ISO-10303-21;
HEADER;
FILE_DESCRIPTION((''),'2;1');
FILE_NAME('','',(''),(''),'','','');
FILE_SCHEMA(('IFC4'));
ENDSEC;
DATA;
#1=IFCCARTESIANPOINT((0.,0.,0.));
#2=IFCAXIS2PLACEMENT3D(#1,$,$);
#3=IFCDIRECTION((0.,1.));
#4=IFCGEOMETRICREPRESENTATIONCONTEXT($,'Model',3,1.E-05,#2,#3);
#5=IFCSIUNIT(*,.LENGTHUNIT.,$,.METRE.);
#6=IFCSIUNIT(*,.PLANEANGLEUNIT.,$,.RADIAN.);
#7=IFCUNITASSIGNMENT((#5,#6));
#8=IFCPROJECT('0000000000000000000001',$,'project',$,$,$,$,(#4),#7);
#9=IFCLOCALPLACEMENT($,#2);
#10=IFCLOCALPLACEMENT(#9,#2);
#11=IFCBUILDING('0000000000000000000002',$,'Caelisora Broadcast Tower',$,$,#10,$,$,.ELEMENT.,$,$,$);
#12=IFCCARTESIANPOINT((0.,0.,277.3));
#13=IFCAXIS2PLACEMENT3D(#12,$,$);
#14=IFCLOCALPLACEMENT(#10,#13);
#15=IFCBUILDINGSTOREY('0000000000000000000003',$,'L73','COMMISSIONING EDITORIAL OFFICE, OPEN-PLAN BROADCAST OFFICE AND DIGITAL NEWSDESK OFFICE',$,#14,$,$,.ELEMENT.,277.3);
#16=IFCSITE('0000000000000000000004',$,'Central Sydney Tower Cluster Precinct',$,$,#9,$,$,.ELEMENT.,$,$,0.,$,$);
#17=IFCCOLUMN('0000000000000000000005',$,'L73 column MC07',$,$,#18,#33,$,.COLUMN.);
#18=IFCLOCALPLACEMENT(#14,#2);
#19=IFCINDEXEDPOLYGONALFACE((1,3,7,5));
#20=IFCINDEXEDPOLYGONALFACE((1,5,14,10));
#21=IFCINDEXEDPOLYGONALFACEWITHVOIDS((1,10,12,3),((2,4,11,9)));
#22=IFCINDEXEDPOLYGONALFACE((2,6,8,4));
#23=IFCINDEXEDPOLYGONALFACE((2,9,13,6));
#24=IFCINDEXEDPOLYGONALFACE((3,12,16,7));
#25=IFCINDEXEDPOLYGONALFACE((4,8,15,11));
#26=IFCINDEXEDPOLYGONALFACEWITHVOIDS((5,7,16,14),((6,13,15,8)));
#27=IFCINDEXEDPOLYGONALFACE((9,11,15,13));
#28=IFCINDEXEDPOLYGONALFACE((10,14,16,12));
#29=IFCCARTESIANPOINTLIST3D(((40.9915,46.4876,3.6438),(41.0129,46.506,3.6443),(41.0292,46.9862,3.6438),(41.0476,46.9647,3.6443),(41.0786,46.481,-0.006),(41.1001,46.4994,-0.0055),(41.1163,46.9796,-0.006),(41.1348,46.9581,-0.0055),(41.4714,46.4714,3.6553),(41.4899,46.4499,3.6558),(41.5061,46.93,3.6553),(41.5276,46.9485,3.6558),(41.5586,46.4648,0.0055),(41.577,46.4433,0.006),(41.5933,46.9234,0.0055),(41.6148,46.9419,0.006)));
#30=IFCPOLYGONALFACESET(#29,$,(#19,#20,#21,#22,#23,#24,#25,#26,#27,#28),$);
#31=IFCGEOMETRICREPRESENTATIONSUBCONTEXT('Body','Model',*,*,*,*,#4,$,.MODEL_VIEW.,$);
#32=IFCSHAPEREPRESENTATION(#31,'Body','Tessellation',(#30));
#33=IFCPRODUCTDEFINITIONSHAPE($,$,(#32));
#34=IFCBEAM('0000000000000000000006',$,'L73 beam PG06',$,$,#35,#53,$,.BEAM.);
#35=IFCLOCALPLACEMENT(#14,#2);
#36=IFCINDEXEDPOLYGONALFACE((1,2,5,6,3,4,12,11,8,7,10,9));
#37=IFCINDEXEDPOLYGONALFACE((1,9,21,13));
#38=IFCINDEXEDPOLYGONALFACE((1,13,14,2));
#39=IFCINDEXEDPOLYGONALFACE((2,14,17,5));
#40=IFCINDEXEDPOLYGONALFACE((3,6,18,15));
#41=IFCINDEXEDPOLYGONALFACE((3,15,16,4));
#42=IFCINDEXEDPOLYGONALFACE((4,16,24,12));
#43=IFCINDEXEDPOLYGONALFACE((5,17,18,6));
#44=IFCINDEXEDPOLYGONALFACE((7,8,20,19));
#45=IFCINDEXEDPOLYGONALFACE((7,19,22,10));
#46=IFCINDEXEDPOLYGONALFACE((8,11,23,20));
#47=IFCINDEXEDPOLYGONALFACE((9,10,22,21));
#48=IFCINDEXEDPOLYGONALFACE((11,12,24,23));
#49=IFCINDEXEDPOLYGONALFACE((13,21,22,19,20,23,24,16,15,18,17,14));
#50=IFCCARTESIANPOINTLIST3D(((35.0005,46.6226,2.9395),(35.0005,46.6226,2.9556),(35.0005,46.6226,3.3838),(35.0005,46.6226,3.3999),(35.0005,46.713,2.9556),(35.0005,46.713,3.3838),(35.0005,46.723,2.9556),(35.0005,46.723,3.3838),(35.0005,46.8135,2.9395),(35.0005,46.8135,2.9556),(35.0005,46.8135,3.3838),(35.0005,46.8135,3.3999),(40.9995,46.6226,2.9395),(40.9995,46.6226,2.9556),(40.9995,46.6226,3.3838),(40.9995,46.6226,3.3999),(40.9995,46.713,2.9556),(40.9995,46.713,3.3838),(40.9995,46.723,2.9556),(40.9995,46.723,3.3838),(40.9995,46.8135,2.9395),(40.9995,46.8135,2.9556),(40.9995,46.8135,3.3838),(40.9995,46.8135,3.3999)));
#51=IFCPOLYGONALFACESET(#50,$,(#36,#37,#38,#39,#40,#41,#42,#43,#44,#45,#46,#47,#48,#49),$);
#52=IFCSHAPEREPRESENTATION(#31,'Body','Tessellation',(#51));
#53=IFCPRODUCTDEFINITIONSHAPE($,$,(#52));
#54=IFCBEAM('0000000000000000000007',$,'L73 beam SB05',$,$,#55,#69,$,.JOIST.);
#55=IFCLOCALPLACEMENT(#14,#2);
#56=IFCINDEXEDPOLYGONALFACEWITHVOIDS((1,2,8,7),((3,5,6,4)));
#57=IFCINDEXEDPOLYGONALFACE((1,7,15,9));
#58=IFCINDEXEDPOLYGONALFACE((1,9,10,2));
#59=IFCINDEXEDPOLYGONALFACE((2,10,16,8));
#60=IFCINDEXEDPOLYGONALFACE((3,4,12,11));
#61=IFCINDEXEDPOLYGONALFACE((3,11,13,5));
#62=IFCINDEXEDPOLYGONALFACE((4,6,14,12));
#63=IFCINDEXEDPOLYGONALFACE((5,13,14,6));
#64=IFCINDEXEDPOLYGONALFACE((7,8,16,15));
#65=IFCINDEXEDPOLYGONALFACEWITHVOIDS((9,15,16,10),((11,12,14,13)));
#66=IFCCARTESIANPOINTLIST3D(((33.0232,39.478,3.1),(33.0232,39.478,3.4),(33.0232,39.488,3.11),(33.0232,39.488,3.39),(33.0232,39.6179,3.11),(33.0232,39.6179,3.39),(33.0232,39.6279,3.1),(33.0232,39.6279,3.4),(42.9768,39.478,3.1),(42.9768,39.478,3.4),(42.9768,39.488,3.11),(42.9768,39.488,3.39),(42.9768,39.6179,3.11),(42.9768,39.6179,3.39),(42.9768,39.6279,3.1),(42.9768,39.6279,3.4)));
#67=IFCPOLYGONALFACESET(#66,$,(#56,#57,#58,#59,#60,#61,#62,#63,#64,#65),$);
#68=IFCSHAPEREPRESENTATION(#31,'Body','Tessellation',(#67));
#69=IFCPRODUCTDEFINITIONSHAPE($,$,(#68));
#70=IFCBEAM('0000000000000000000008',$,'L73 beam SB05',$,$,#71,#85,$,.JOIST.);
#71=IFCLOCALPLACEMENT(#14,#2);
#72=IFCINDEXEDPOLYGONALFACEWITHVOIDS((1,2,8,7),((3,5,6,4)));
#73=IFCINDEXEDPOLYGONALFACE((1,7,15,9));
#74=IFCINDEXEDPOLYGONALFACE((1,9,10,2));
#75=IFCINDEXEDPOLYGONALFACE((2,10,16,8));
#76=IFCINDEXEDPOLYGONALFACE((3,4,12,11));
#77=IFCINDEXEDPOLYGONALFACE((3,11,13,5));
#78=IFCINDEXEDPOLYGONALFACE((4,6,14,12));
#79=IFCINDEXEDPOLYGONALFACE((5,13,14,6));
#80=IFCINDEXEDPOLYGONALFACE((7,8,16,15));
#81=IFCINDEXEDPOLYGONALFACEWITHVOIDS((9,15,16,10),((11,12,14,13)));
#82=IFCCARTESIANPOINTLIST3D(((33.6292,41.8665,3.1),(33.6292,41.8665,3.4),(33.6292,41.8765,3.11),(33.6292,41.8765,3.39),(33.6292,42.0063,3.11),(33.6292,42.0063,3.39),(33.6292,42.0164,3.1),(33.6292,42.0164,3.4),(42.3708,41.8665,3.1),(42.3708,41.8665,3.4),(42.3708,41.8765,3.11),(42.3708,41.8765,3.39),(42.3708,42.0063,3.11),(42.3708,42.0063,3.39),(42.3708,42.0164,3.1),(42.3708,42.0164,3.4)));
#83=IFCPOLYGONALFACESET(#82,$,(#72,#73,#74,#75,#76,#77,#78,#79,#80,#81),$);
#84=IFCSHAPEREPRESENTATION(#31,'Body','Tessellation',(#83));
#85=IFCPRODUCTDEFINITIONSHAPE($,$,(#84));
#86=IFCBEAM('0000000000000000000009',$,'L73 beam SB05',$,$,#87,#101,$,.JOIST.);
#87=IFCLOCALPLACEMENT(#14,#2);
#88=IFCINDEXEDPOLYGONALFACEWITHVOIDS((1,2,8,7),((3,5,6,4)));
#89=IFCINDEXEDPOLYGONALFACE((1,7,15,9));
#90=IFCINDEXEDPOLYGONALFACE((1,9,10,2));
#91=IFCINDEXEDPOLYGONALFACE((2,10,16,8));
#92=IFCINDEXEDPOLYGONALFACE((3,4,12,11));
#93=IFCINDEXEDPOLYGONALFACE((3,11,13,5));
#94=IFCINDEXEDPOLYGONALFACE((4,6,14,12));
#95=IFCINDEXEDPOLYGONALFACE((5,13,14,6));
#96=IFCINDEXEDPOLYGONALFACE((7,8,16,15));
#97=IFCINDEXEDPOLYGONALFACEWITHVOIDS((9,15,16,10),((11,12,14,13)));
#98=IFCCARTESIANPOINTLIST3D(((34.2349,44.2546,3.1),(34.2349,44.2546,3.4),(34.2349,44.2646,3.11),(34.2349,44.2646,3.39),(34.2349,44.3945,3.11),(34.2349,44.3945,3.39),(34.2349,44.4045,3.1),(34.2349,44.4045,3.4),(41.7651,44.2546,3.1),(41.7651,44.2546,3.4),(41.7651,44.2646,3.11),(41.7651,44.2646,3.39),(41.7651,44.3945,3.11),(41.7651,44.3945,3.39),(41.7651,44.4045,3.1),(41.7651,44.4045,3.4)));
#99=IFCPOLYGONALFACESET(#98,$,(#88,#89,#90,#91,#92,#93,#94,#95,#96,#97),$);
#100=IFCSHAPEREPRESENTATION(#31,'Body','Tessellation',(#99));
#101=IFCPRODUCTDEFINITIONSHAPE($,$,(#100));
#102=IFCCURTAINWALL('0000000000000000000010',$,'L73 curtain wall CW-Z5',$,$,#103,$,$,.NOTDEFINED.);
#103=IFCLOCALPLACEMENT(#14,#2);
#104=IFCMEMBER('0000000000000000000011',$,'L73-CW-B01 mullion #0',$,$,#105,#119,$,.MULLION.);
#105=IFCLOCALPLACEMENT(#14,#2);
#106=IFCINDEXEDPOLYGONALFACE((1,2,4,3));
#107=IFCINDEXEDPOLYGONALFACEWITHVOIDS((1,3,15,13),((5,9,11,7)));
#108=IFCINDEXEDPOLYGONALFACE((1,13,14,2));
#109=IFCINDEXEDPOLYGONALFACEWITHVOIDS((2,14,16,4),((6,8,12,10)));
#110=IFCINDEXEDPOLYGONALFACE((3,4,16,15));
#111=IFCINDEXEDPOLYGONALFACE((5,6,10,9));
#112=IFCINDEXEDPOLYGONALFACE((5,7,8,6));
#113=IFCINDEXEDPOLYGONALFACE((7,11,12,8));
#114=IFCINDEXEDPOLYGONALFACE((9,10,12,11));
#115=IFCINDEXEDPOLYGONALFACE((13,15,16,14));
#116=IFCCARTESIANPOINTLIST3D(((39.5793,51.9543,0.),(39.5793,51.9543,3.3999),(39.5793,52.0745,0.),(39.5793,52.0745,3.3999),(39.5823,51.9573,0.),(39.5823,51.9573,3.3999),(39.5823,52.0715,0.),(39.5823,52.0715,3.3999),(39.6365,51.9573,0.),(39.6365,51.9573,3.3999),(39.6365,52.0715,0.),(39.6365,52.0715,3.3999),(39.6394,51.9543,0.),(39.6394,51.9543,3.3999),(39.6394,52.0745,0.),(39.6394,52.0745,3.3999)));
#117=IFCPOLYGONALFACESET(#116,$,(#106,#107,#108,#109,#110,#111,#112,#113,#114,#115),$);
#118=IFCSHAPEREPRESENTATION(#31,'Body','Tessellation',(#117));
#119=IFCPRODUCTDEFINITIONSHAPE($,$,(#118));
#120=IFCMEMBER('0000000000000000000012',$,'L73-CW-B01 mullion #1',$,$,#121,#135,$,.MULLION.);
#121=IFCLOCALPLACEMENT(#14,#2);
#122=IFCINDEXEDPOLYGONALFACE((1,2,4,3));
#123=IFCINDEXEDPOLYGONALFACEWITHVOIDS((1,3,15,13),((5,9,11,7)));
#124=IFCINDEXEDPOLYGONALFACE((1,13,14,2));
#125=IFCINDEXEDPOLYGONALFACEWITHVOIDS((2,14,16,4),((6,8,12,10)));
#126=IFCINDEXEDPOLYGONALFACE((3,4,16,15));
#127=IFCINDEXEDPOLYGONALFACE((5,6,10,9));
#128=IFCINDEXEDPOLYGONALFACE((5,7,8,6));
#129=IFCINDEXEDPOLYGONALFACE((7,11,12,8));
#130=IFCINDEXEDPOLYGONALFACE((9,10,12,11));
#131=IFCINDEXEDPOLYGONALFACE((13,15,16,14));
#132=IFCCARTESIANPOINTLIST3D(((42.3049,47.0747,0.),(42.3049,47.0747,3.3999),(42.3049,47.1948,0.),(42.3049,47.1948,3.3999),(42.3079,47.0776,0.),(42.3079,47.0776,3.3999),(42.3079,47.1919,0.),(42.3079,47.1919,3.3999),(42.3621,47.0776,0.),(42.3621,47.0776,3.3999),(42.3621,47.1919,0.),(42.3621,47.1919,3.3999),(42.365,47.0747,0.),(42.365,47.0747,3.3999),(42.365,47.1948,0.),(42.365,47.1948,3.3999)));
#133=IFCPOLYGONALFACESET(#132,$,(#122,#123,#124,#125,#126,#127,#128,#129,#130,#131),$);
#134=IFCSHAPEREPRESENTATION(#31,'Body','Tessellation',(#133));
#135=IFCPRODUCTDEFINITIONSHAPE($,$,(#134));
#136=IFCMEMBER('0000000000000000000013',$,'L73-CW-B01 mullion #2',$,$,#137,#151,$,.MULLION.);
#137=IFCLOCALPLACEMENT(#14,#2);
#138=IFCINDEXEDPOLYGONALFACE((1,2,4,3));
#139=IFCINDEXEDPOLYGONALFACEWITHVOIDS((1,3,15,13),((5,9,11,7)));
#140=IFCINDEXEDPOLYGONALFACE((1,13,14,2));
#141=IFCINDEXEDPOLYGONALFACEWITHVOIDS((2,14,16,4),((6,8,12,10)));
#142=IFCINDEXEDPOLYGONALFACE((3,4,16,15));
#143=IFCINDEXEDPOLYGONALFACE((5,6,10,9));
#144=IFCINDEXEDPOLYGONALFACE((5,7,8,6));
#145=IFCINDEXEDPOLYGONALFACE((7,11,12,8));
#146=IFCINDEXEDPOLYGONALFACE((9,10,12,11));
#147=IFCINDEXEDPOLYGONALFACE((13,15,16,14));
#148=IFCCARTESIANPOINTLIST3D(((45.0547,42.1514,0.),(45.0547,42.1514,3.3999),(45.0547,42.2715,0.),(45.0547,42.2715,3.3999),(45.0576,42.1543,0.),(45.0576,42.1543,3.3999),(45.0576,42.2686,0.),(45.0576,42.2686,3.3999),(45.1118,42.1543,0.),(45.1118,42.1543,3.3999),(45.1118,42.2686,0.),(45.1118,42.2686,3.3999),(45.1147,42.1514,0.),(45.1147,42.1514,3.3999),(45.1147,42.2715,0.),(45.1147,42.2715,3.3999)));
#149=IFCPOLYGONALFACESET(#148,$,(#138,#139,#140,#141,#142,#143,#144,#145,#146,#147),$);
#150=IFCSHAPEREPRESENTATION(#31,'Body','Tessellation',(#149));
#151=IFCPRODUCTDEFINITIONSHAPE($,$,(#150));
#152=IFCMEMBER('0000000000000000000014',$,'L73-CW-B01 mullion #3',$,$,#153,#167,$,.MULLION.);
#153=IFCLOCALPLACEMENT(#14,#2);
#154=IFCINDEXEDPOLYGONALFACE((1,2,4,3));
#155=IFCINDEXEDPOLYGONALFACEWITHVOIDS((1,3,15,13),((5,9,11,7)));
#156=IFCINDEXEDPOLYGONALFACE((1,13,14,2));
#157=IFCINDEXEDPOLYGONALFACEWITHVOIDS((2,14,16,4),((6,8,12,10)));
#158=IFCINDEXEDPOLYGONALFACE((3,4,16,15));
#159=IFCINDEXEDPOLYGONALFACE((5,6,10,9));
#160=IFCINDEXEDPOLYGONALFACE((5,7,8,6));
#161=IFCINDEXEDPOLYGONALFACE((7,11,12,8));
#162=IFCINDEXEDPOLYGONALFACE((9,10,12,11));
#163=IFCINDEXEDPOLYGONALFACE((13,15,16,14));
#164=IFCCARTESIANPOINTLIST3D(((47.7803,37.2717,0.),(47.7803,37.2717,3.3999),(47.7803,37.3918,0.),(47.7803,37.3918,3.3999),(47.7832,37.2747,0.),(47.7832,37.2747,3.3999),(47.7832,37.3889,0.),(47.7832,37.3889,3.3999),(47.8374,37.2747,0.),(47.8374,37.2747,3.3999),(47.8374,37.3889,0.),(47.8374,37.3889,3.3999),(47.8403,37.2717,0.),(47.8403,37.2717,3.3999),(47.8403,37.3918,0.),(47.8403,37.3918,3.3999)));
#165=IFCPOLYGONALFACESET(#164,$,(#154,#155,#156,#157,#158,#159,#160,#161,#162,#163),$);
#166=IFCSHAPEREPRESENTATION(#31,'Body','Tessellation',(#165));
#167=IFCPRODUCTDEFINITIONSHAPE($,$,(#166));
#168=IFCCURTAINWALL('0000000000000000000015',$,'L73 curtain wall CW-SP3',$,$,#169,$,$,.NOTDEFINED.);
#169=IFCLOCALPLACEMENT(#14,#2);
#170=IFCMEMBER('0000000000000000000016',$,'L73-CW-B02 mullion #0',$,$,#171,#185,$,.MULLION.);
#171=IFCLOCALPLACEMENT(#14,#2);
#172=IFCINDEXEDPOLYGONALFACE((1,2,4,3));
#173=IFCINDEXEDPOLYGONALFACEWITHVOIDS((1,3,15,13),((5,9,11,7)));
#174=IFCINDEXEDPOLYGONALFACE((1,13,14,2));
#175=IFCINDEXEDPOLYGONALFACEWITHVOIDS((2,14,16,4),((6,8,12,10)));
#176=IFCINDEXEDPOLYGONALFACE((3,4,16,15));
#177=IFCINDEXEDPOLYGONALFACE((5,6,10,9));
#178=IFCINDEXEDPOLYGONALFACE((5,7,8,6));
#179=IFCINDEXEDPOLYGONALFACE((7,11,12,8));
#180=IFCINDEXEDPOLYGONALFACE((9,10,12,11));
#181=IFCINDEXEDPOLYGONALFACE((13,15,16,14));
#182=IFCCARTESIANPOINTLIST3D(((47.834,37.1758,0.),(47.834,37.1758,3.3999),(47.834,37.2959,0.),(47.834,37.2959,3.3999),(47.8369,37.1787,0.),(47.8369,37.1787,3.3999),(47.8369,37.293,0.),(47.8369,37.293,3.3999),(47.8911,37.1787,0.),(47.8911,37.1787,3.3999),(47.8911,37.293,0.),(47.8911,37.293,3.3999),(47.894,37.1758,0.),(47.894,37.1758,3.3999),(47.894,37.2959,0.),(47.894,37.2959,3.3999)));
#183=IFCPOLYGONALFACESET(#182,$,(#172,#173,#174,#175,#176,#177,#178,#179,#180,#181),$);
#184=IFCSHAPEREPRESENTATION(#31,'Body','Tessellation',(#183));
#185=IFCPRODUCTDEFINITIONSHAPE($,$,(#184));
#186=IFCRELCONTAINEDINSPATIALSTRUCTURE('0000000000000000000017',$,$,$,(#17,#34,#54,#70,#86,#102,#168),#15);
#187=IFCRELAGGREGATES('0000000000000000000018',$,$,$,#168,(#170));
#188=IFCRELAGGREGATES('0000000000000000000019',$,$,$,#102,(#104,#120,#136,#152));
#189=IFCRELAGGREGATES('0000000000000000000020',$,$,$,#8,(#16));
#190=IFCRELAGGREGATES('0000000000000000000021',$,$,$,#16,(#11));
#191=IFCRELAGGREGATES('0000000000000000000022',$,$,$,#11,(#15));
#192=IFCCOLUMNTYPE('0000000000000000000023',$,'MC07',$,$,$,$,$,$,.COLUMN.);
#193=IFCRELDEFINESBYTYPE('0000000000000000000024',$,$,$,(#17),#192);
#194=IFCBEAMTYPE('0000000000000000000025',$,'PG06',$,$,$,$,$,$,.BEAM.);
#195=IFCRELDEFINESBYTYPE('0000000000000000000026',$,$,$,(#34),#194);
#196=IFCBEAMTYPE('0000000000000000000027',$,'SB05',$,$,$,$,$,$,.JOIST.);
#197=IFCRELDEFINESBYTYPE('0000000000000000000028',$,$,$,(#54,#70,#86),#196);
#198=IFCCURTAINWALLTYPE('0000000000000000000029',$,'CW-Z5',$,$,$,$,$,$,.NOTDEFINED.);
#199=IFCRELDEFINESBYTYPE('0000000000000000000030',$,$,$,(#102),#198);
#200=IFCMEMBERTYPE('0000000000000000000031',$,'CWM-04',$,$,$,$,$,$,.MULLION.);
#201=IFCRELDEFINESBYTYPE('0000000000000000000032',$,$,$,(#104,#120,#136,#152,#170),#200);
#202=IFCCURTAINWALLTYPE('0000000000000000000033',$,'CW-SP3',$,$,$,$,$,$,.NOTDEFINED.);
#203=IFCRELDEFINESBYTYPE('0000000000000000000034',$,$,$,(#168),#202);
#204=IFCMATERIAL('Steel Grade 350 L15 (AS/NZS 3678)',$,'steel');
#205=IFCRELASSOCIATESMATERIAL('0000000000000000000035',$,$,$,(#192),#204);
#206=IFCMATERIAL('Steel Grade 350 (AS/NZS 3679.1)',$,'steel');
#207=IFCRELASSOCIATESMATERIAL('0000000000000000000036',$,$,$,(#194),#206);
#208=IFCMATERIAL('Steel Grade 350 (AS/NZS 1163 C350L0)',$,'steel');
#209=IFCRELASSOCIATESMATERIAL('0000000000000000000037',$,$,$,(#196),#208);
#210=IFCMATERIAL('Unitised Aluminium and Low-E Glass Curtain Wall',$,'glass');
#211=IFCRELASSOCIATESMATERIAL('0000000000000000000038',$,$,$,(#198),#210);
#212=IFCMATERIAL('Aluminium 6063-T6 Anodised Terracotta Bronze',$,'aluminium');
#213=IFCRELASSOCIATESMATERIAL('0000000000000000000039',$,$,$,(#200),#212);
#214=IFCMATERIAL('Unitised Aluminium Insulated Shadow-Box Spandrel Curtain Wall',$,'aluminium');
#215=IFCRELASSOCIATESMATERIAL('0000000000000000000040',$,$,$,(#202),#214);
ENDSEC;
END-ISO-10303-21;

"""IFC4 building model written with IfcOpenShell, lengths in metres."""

from ifc_helpers import new_model, si_unit, direction, frame, origin, origin_2d, place, context, subcontext, project, spatial, hollow_rectangle, i_section, extrude, source, transform, mapped, material, material_profile, profile_set, type_object, type_shapes, element, aggregate, save


model = new_model("IFC4")

# Units and contexts
model_context = context("Model", 3, precision=1e-05, world=origin(), true_north=direction((0.0, 1.0)))
body_context = subcontext(model_context, "Body", "Model", "MODEL_VIEW")
ifc_project = project(units=[si_unit("LENGTHUNIT", "METRE"), si_unit("PLANEANGLEUNIT", "RADIAN")], contexts=[model_context])

# Site, building, storey
site_placement = place(None, origin())
site = spatial("IfcSite", under=ifc_project, at=site_placement, Name="Central Sydney Tower Cluster Precinct", CompositionType="ELEMENT", RefElevation=0.0)
building_placement = place(site_placement, origin())
building = spatial("IfcBuilding", under=site, at=building_placement, Name="Caelisora Broadcast Tower", CompositionType="ELEMENT")
storey_placement = place(building_placement, frame((0.0, 0.0, 277.3)))
storey = spatial("IfcBuildingStorey", under=building, at=storey_placement, Name="L73", Description="COMMISSIONING EDITORIAL OFFICE, OPEN-PLAN BROADCAST OFFICE AND DIGITAL NEWSDESK OFFICE", CompositionType="ELEMENT", Elevation=277.3)

# Column
ifc_material_1 = material(Name="Steel Grade 350 L15 (AS/NZS 3678)", Category="steel")
ifc_material_profile_1 = material_profile(ifc_material_1, hollow_rectangle(XDim=0.5, YDim=0.5, WallThickness=0.02, at=origin_2d()), Name="Steel Grade 350 L15 (AS/NZS 3678)")
ifc_profile_set_1 = profile_set([ifc_material_profile_1], Name="Steel Grade 350 L15 (AS/NZS 3678)")
column_type = type_object("IfcColumnType", Name="MC07", PredefinedType="COLUMN", material=ifc_profile_set_1)
shared_shape_1 = source(origin(), body_context, "Body", "SweptSolid", [
    extrude(hollow_rectangle(XDim=0.5, YDim=0.5, WallThickness=0.02, at=origin_2d()), origin(), (0.0, 0.0, 1.0), 3.6509),
])
type_shapes(column_type, [shared_shape_1])
column_placement = place(storey_placement, frame((41.3467, 46.7114, 0.0), z_axis=(-0.023873, 0.001806, 0.999713), x_axis=(-0.075415, -0.997152, 0.0)))
element("IfcColumn", 1, at=column_placement, inside=storey, type_object=column_type, Name="L73 column MC07", PredefinedType="COLUMN", context=body_context, shape_type="MappedRepresentation", body=[
    mapped(shared_shape_1, transform((0.0, 0.0, 0.0), scale=1.0)),
])

# Beams
ifc_material_2 = material(Name="Steel Grade 350 (AS/NZS 3679.1)", Category="steel")
ifc_material_profile_2 = material_profile(ifc_material_2, i_section(OverallWidth=0.1909, OverallDepth=0.4604, WebThickness=0.01, FlangeThickness=0.0161, at=origin_2d()), Name="Steel Grade 350 (AS/NZS 3679.1)")
ifc_profile_set_2 = profile_set([ifc_material_profile_2], Name="Steel Grade 350 (AS/NZS 3679.1)")
beam_type_1 = type_object("IfcBeamType", Name="PG06", PredefinedType="BEAM", material=ifc_profile_set_2)
shared_shape_2 = source(origin(), body_context, "Body", "SweptSolid", [
    extrude(i_section(OverallWidth=0.1909, OverallDepth=0.4604, WebThickness=0.01, FlangeThickness=0.0161, at=origin_2d()), origin(), (0.0, 0.0, 1.0), 5.999),
])
type_shapes(beam_type_1, [shared_shape_2])
beam_1_placement = place(storey_placement, frame((40.9995, 46.718, 3.1697), z_axis=(-1.0, 0.0, 0.0), x_axis=(0.0, -1.0, 0.0)))
element("IfcBeam", 2, at=beam_1_placement, inside=storey, type_object=beam_type_1, Name="L73 beam PG06", PredefinedType="BEAM", context=body_context, shape_type="MappedRepresentation", body=[
    mapped(shared_shape_2, transform((0.0, 0.0, 0.0), scale=1.0)),
])
ifc_material_3 = material(Name="Steel Grade 350 (AS/NZS 1163 C350L0)", Category="steel")
ifc_material_profile_3 = material_profile(ifc_material_3, hollow_rectangle(XDim=0.1499, YDim=0.3, WallThickness=0.01, at=origin_2d()), Name="Steel Grade 350 (AS/NZS 1163 C350L0)")
ifc_profile_set_3 = profile_set([ifc_material_profile_3], Name="Steel Grade 350 (AS/NZS 1163 C350L0)")
beam_type_2 = type_object("IfcBeamType", Name="SB05", PredefinedType="JOIST", material=ifc_profile_set_3)
shared_shape_3 = source(origin(), body_context, "Body", "SweptSolid", [
    extrude(hollow_rectangle(XDim=0.1499, YDim=0.3, WallThickness=0.01, at=origin_2d()), origin(), (0.0, 0.0, 1.0), 9.9536),
])
beam_2_placement = place(storey_placement, frame((42.9768, 39.553, 3.25), z_axis=(-1.0, 0.0, 0.0), x_axis=(0.0, -1.0, 0.0)))
element("IfcBeam", 3, at=beam_2_placement, inside=storey, type_object=beam_type_2, Name="L73 beam SB05", PredefinedType="JOIST", context=body_context, shape_type="MappedRepresentation", body=[
    mapped(shared_shape_3, transform((0.0, 0.0, 0.0), scale=1.0)),
])
shared_shape_4 = source(origin(), body_context, "Body", "SweptSolid", [
    extrude(hollow_rectangle(XDim=0.1499, YDim=0.3, WallThickness=0.01, at=origin_2d()), origin(), (0.0, 0.0, 1.0), 8.7417),
])
beam_3_placement = place(storey_placement, frame((42.3708, 41.9414, 3.25), z_axis=(-1.0, 0.0, 0.0), x_axis=(0.0, -1.0, 0.0)))
element("IfcBeam", 4, at=beam_3_placement, inside=storey, type_object=beam_type_2, Name="L73 beam SB05", PredefinedType="JOIST", context=body_context, shape_type="MappedRepresentation", body=[
    mapped(shared_shape_4, transform((0.0, 0.0, 0.0), scale=1.0)),
])
shared_shape_5 = source(origin(), body_context, "Body", "SweptSolid", [
    extrude(hollow_rectangle(XDim=0.1499, YDim=0.3, WallThickness=0.01, at=origin_2d()), origin(), (0.0, 0.0, 1.0), 7.5303),
])
type_shapes(beam_type_2, [shared_shape_3, shared_shape_4, shared_shape_5])
beam_4_placement = place(storey_placement, frame((41.7651, 44.3296, 3.25), z_axis=(-1.0, 0.0, 0.0), x_axis=(0.0, -1.0, 0.0)))
element("IfcBeam", 5, at=beam_4_placement, inside=storey, type_object=beam_type_2, Name="L73 beam SB05", PredefinedType="JOIST", context=body_context, shape_type="MappedRepresentation", body=[
    mapped(shared_shape_5, transform((0.0, 0.0, 0.0), scale=1.0)),
])

# Curtain wall, members
ifc_material_4 = material(Name="Unitised Aluminium and Low-E Glass Curtain Wall", Category="glass")
curtain_wall_type_1 = type_object("IfcCurtainWallType", Name="CW-Z5", PredefinedType="NOTDEFINED", material=ifc_material_4)
curtain_wall_1_placement = place(storey_placement, origin())
curtain_wall_1 = element("IfcCurtainWall", 6, at=curtain_wall_1_placement, inside=storey, type_object=curtain_wall_type_1, Name="L73 curtain wall CW-Z5", PredefinedType="NOTDEFINED")
ifc_material_5 = material(Name="Aluminium 6063-T6 Anodised Terracotta Bronze", Category="aluminium")
ifc_material_profile_4 = material_profile(ifc_material_5, hollow_rectangle(XDim=0.0601, YDim=0.1201, WallThickness=0.0029, at=origin_2d()), Name="Aluminium 6063-T6 Anodised Terracotta Bronze")
ifc_profile_set_4 = profile_set([ifc_material_profile_4], Name="Aluminium 6063-T6 Anodised Terracotta Bronze")
member_type_1 = type_object("IfcMemberType", Name="CWM-04", PredefinedType="MULLION", material=ifc_profile_set_4)
shared_shape_6 = source(origin(), body_context, "Body", "SweptSolid", [
    extrude(hollow_rectangle(XDim=0.0601, YDim=0.1201, WallThickness=0.0029, at=origin_2d()), origin(), (0.0, 0.0, 1.0), 3.3999),
])
type_shapes(member_type_1, [shared_shape_6])
member_1_placement = place(storey_placement, frame((39.6094, 52.0144, 0.0), z_axis=(0.0, 0.0, 1.0), x_axis=(1.0, 0.0, 0.0)))
member_1 = element("IfcMember", 7, at=member_1_placement, type_object=member_type_1, Name="L73-CW-B01 mullion #0", PredefinedType="MULLION", context=body_context, shape_type="MappedRepresentation", body=[
    mapped(shared_shape_6, transform((0.0, 0.0, 0.0), scale=1.0)),
])
member_2_placement = place(storey_placement, frame((42.335, 47.1348, 0.0), z_axis=(0.0, 0.0, 1.0), x_axis=(1.0, 0.0, 0.0)))
member_2 = element("IfcMember", 8, at=member_2_placement, type_object=member_type_1, Name="L73-CW-B01 mullion #1", PredefinedType="MULLION", context=body_context, shape_type="MappedRepresentation", body=[
    mapped(shared_shape_6, transform((0.0, 0.0, 0.0), scale=1.0)),
])
member_3_placement = place(storey_placement, frame((45.0847, 42.2114, 0.0), z_axis=(0.0, 0.0, 1.0), x_axis=(1.0, 0.0, 0.0)))
member_3 = element("IfcMember", 9, at=member_3_placement, type_object=member_type_1, Name="L73-CW-B01 mullion #2", PredefinedType="MULLION", context=body_context, shape_type="MappedRepresentation", body=[
    mapped(shared_shape_6, transform((0.0, 0.0, 0.0), scale=1.0)),
])
member_4_placement = place(storey_placement, frame((47.8103, 37.3318, 0.0), z_axis=(0.0, 0.0, 1.0), x_axis=(1.0, 0.0, 0.0)))
member_4 = element("IfcMember", 10, at=member_4_placement, type_object=member_type_1, Name="L73-CW-B01 mullion #3", PredefinedType="MULLION", context=body_context, shape_type="MappedRepresentation", body=[
    mapped(shared_shape_6, transform((0.0, 0.0, 0.0), scale=1.0)),
])

# Curtain wall, member
ifc_material_6 = material(Name="Unitised Aluminium Insulated Shadow-Box Spandrel Curtain Wall", Category="aluminium")
curtain_wall_type_2 = type_object("IfcCurtainWallType", Name="CW-SP3", PredefinedType="NOTDEFINED", material=ifc_material_6)
curtain_wall_2_placement = place(storey_placement, origin())
curtain_wall_2 = element("IfcCurtainWall", 11, at=curtain_wall_2_placement, inside=storey, type_object=curtain_wall_type_2, Name="L73 curtain wall CW-SP3", PredefinedType="NOTDEFINED")
member_5_placement = place(storey_placement, frame((47.864, 37.2358, 0.0), z_axis=(0.0, 0.0, 1.0), x_axis=(1.0, 0.0, 0.0)))
member_5 = element("IfcMember", 12, at=member_5_placement, type_object=member_type_1, Name="L73-CW-B02 mullion #0", PredefinedType="MULLION", context=body_context, shape_type="MappedRepresentation", body=[
    mapped(shared_shape_6, transform((0.0, 0.0, 0.0), scale=1.0)),
])

aggregate(curtain_wall_2, [member_5])

aggregate(curtain_wall_1, [member_1, member_2, member_3, member_4])

save(model, "model.ifc")
